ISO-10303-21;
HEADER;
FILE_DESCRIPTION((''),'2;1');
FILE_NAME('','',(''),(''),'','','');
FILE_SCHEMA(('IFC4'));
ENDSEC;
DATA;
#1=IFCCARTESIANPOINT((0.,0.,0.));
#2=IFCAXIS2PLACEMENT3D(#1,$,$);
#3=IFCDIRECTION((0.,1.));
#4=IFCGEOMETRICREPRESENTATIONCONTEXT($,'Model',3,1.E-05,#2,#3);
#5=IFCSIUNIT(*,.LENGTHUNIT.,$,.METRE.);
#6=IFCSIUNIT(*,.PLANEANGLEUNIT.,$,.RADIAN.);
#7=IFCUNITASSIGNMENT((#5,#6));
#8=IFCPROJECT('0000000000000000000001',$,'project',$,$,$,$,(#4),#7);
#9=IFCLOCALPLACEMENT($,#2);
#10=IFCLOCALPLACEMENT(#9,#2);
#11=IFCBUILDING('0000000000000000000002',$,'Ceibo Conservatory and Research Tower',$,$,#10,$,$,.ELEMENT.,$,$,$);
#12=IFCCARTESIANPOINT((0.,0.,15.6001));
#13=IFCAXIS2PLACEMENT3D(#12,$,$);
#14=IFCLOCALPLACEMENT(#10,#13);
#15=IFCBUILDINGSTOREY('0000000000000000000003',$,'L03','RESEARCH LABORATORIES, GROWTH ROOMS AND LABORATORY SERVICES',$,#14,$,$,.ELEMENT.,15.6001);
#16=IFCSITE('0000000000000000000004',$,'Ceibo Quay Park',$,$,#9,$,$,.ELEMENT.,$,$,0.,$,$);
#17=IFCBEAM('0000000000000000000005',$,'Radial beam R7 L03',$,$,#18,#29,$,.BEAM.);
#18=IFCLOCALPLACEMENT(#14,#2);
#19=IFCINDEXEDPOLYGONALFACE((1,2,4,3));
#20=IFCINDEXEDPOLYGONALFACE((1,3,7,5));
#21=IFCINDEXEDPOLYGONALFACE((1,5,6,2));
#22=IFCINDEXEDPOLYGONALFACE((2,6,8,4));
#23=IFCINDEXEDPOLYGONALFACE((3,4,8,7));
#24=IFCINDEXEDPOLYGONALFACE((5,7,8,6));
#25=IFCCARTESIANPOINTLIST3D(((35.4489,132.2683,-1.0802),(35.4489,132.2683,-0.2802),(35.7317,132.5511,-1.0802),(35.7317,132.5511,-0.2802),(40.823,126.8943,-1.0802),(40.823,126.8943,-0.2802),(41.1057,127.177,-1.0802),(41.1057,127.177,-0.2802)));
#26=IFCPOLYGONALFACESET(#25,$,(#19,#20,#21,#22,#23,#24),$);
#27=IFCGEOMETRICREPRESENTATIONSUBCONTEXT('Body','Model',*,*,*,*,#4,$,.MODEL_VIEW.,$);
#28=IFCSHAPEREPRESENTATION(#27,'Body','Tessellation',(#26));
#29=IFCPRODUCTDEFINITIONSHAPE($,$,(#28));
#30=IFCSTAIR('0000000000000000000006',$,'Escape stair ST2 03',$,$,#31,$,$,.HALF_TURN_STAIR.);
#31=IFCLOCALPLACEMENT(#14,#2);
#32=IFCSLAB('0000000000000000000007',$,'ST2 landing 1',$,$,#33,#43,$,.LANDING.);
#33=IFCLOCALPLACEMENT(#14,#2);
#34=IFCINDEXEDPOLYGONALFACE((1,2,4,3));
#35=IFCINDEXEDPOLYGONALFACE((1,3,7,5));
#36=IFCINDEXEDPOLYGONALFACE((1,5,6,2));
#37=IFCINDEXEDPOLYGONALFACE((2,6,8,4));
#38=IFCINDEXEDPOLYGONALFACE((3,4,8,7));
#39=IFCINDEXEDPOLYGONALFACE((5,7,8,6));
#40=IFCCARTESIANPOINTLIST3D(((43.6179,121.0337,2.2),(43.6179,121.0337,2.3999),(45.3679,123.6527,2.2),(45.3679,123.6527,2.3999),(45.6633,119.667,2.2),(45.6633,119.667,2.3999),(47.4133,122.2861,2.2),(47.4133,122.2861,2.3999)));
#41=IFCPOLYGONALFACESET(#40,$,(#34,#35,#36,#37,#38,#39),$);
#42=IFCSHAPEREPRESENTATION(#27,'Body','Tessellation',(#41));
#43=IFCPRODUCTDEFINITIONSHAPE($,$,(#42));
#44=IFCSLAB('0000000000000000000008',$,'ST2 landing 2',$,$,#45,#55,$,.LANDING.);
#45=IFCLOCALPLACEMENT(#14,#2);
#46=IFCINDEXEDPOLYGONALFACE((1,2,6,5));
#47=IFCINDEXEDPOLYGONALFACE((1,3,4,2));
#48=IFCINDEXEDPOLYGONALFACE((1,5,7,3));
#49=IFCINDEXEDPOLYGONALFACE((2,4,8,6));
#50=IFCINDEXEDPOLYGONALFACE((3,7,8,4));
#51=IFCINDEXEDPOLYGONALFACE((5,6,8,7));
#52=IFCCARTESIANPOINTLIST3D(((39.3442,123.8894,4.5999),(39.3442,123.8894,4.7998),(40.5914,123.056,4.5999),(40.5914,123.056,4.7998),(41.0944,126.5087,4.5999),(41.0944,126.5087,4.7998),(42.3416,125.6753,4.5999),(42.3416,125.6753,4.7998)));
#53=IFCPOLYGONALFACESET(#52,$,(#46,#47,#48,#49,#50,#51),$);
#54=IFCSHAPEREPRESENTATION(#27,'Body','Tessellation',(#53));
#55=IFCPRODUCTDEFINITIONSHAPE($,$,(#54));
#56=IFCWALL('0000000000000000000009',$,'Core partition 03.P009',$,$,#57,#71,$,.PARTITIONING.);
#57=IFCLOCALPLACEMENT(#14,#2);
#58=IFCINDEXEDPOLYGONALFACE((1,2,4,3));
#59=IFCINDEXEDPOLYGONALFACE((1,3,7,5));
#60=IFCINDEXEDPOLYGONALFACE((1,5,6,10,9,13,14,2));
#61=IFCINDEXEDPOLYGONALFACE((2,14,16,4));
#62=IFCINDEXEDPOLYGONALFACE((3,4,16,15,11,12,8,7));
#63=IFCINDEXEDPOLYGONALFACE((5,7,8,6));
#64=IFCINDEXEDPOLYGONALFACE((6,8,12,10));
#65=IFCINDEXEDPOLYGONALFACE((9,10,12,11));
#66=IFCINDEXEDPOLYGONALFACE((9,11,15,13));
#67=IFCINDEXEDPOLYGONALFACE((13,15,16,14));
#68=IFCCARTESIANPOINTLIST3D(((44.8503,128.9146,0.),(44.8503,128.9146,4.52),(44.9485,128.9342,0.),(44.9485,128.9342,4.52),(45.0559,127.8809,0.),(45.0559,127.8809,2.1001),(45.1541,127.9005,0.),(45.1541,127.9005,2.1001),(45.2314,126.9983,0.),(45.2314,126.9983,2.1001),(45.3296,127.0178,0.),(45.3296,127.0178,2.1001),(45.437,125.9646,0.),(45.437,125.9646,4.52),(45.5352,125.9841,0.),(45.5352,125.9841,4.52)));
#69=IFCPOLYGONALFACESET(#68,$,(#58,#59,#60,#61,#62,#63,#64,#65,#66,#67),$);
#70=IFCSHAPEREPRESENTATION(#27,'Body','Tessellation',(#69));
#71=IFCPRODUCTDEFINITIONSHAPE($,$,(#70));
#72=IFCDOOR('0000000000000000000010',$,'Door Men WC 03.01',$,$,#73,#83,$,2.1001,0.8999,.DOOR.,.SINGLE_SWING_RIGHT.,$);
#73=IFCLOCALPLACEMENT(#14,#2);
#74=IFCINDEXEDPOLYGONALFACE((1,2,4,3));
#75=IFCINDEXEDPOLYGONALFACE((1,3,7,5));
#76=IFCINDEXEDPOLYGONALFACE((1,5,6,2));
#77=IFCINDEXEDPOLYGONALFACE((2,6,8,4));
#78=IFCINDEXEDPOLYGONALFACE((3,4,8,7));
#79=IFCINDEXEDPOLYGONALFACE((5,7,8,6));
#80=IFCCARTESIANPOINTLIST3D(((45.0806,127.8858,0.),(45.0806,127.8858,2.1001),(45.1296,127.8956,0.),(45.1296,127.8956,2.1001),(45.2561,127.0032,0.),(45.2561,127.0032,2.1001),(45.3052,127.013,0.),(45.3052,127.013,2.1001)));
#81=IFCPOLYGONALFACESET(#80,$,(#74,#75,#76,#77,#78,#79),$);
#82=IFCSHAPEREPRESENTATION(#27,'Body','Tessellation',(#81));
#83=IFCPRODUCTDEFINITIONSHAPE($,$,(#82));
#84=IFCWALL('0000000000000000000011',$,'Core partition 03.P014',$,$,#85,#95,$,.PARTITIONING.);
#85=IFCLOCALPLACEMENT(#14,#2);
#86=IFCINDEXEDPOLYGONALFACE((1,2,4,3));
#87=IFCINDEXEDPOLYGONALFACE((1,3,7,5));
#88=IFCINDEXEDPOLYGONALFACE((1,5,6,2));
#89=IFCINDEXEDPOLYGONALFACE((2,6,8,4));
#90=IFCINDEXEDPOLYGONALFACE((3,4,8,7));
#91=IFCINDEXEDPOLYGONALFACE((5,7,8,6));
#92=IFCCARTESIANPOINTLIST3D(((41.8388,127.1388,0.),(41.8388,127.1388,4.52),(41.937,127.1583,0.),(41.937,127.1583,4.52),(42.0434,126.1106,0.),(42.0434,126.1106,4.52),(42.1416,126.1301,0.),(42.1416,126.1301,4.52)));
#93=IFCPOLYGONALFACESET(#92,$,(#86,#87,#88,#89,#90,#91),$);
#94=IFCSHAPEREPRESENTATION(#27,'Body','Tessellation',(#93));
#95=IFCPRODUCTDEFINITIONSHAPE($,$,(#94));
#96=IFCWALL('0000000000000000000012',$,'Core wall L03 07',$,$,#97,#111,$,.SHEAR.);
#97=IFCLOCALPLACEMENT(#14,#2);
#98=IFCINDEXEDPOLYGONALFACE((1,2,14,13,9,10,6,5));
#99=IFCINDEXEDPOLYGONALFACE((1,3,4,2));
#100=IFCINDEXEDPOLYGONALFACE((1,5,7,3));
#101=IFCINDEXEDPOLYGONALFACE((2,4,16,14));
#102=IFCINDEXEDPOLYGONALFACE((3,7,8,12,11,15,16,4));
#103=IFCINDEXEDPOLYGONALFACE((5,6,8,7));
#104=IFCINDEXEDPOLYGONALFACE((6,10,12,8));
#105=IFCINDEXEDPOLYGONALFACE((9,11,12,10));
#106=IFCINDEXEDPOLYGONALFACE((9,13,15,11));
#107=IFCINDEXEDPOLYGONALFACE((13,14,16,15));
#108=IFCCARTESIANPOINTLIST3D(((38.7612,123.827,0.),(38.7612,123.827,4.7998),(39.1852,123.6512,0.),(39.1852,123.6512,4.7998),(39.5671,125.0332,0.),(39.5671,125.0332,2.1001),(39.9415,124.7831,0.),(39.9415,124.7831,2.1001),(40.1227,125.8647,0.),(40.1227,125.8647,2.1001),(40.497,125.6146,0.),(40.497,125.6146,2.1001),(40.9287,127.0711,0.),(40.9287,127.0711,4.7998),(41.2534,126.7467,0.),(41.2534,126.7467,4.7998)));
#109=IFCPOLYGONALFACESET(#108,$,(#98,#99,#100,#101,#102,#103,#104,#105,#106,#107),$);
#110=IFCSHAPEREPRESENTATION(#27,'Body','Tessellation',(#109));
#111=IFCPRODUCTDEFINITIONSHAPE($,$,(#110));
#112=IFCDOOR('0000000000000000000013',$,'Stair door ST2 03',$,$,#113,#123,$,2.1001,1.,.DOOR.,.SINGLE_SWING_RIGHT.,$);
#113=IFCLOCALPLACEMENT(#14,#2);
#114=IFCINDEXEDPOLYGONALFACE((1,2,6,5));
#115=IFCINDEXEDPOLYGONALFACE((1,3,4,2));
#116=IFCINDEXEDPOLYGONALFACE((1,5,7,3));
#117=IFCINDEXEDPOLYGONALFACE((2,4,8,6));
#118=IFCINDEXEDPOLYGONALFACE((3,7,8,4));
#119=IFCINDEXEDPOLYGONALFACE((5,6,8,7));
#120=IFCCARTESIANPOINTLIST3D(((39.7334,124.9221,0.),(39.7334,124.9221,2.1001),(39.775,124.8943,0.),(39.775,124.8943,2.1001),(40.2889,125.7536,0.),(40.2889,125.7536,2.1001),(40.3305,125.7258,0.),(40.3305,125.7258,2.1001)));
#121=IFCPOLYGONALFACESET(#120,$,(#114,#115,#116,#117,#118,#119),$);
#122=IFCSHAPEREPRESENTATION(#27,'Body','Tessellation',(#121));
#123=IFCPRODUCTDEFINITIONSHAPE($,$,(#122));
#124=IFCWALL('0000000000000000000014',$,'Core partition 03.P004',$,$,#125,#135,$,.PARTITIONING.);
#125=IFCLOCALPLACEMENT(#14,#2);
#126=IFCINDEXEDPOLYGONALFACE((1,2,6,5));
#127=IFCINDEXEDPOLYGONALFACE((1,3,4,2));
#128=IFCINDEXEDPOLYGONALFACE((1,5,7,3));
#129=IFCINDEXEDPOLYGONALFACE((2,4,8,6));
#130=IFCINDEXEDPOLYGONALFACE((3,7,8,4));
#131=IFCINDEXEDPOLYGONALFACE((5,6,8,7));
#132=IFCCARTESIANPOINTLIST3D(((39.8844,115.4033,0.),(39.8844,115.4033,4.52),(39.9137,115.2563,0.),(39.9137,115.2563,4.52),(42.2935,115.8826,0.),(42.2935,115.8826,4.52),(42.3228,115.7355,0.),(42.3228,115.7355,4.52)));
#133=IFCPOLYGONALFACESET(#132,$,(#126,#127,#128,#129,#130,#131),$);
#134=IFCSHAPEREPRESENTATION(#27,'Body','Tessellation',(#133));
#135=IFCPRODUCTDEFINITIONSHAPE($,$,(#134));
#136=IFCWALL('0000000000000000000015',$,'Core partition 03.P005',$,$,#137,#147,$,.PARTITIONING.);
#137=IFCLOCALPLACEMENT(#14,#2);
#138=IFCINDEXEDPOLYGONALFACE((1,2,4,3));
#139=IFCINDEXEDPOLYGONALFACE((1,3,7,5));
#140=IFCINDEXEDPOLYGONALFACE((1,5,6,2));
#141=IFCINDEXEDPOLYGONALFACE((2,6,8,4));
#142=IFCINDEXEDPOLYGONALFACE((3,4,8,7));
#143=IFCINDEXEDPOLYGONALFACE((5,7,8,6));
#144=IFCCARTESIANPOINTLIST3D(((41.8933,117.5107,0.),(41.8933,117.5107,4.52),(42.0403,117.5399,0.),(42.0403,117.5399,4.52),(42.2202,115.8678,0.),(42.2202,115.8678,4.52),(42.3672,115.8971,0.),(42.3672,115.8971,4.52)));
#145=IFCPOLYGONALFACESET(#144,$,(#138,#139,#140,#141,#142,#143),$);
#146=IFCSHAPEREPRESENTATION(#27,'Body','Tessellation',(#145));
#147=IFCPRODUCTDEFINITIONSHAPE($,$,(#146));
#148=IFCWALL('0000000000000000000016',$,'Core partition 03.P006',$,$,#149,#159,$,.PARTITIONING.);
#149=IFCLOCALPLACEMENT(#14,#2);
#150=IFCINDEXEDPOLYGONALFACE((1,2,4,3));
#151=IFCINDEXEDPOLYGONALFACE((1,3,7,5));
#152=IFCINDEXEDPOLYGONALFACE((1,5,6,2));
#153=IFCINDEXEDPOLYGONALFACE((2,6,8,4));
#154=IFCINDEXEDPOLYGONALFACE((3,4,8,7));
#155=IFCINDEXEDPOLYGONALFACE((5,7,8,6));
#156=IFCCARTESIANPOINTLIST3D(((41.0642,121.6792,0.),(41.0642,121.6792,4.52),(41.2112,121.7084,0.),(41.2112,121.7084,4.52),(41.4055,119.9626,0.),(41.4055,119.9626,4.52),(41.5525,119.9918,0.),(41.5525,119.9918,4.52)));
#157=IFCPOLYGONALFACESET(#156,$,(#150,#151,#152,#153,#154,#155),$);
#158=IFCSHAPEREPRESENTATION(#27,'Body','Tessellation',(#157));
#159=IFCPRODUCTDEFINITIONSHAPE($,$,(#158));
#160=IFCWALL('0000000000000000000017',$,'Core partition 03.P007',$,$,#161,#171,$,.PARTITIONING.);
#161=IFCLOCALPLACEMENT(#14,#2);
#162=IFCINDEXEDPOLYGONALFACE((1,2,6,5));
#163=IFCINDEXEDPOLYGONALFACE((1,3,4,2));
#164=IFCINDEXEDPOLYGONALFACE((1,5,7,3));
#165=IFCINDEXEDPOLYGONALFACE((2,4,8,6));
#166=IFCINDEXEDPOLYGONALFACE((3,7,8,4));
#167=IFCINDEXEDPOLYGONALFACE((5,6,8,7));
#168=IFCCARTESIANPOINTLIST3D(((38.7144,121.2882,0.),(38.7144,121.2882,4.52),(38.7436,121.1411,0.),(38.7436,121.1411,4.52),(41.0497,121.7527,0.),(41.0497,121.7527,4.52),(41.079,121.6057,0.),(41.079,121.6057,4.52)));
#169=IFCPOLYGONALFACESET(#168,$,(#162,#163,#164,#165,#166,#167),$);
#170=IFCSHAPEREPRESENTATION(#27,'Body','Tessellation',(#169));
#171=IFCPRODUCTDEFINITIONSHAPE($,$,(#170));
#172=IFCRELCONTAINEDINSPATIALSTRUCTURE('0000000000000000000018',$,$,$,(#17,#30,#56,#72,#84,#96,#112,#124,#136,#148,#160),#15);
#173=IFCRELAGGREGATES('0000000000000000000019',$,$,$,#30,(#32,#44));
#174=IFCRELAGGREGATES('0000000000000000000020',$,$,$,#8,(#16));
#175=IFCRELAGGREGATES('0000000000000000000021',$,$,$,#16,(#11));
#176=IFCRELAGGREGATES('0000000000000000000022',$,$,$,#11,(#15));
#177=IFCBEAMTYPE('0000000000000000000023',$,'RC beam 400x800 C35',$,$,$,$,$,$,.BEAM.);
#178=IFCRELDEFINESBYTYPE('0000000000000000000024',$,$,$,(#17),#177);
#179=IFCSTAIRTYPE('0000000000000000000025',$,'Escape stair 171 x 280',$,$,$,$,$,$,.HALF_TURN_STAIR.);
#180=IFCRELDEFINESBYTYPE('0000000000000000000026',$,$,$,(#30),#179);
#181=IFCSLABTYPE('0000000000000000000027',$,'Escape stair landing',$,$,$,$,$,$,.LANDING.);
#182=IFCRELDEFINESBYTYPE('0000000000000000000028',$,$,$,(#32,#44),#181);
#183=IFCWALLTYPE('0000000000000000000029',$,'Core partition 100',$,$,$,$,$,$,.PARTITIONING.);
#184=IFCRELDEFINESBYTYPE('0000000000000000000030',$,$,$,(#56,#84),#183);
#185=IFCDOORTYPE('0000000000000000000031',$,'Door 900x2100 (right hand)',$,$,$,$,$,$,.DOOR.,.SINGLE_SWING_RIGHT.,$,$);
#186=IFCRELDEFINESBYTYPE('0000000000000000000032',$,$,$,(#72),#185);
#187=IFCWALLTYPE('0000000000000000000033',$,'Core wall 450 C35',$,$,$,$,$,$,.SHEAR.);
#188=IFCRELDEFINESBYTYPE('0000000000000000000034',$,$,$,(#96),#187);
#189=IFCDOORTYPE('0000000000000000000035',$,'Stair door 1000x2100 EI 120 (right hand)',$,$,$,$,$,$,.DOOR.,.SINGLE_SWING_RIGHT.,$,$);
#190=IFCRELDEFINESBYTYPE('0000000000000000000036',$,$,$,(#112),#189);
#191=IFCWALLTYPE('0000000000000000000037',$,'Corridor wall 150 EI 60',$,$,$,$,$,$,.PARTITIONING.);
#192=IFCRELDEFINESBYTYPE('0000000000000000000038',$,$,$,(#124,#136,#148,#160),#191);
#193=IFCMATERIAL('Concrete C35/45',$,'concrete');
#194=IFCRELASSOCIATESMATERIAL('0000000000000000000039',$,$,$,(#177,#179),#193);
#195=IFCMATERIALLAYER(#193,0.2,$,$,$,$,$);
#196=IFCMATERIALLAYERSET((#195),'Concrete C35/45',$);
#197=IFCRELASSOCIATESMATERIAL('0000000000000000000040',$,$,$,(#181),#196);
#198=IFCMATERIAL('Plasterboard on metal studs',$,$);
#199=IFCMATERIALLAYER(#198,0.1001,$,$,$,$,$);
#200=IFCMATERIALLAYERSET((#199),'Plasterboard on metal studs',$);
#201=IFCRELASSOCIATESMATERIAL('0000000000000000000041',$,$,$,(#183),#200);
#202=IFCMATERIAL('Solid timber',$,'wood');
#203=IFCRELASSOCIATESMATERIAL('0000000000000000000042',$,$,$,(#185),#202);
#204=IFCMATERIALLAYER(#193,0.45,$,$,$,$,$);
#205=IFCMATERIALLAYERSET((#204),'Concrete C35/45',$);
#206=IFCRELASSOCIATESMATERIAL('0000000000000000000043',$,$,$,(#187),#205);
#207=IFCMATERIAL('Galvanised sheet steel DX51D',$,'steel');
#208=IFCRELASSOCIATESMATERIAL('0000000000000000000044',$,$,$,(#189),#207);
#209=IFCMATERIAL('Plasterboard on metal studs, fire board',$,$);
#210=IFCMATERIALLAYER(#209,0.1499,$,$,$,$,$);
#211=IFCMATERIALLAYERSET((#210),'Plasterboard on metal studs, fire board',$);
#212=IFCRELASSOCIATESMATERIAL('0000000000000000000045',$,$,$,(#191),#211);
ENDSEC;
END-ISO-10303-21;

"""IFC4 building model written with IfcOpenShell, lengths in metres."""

from ifc_helpers import new_model, si_unit, direction, frame, frame_2d, origin, origin_2d, place, context, subcontext, project, spatial, polyline, rectangle, outline, extrude, material, layer, layer_set, material_profile, profile_set, type_object, element, fill, aggregate, save


model = new_model("IFC4")

# Units and contexts
model_context = context("Model", 3, precision=1e-05, world=origin(), true_north=direction((0.0, 1.0)))
body_context = subcontext(model_context, "Body", "Model", "MODEL_VIEW")
ifc_project = project(units=[si_unit("LENGTHUNIT", "METRE"), si_unit("PLANEANGLEUNIT", "RADIAN")], contexts=[model_context])

# Site, building, storey
site_placement = place(None, origin())
site = spatial("IfcSite", under=ifc_project, at=site_placement, Name="Ceibo Quay Park", CompositionType="ELEMENT", RefElevation=0.0)
building_placement = place(site_placement, origin())
building = spatial("IfcBuilding", under=site, at=building_placement, Name="Ceibo Conservatory and Research Tower", CompositionType="ELEMENT")
storey_placement = place(building_placement, frame((0.0, 0.0, 15.6001)))
storey = spatial("IfcBuildingStorey", under=building, at=storey_placement, Name="L03", Description="RESEARCH LABORATORIES, GROWTH ROOMS AND LABORATORY SERVICES", CompositionType="ELEMENT", Elevation=15.6001)

# Beam
ifc_material_1 = material(Name="Concrete C35/45", Category="concrete")
ifc_material_profile = material_profile(ifc_material_1, rectangle(XDim=0.3999, YDim=0.8, at=origin_2d()), Name="RC 400x800")
ifc_profile_set = profile_set([ifc_material_profile], Name="Concrete C35/45")
beam_type = type_object("IfcBeamType", Name="RC beam 400x800 C35", PredefinedType="BEAM", material=ifc_profile_set)
beam_placement = place(storey_placement, frame((40.9644, 127.0356, -0.6802), z_axis=(-0.707107, 0.707107, 0.0), x_axis=(-0.707107, -0.707107, 0.0)))
element("IfcBeam", 1, at=beam_placement, inside=storey, type_object=beam_type, Name="Radial beam R7 L03", PredefinedType="BEAM", context=body_context, shape_type="SweptSolid", body=[
    extrude(rectangle(XDim=0.3999, YDim=0.8, at=origin_2d()), origin(), (0.0, 0.0, 1.0), 7.6001),
])

# Stair, slabs
stair_type = type_object("IfcStairType", Name="Escape stair 171 x 280", PredefinedType="HALF_TURN_STAIR", material=ifc_material_1)
stair_placement = place(storey_placement, origin())
stair = element("IfcStair", 2, at=stair_placement, inside=storey, type_object=stair_type, Name="Escape stair ST2 03", PredefinedType="HALF_TURN_STAIR")
ifc_layer_1 = layer(ifc_material_1, 0.2)
ifc_layer_set_1 = layer_set([ifc_layer_1], Name="Concrete C35/45")
slab_type = type_object("IfcSlabType", Name="Escape stair landing", PredefinedType="LANDING", material=ifc_layer_set_1)
slab_1_placement = place(storey_placement, frame((43.6179, 121.0337, 2.2), z_axis=(0.0, 0.0, 1.0), x_axis=(0.83147, -0.55557, 0.0)))
slab_1 = element("IfcSlab", 3, at=slab_1_placement, type_object=slab_type, Name="ST2 landing 1", PredefinedType="LANDING", context=body_context, shape_type="SweptSolid", body=[
    extrude(outline(polyline([(0.0, 0.0), (2.46, 0.0), (2.46, 3.1499), (0.0, 3.1499), (0.0, 0.0)])), origin(), (0.0, 0.0, 1.0), 0.2),
])
slab_2_placement = place(storey_placement, frame((39.3442, 123.8894, 4.5999), z_axis=(0.0, 0.0, 1.0), x_axis=(0.83147, -0.55557, 0.0)))
slab_2 = element("IfcSlab", 4, at=slab_2_placement, type_object=slab_type, Name="ST2 landing 2", PredefinedType="LANDING", context=body_context, shape_type="SweptSolid", body=[
    extrude(outline(polyline([(0.0, 0.0), (1.5, 0.0), (1.5, 3.1501), (0.0, 3.1501), (0.0, 0.0)])), origin(), (0.0, 0.0, 1.0), 0.2),
])

# Wall, opening, door
ifc_material_2 = material(Name="Plasterboard on metal studs")
ifc_layer_2 = layer(ifc_material_2, 0.1001)
ifc_layer_set_2 = layer_set([ifc_layer_2], Name="Plasterboard on metal studs")
wall_type_1 = type_object("IfcWallType", Name="Core partition 100", PredefinedType="PARTITIONING", material=ifc_layer_set_2)
wall_1_placement = place(storey_placement, frame((45.4861, 125.9744, 0.0), z_axis=(0.0, 0.0, 1.0), x_axis=(-0.195055, 0.980792, 0.0)))
wall_1 = element("IfcWall", 5, at=wall_1_placement, inside=storey, type_object=wall_type_1, Name="Core partition 03.P009", PredefinedType="PARTITIONING", context=body_context, shape_type="SweptSolid", body=[
    extrude(rectangle(XDim=3.0078, YDim=0.1001, at=frame_2d((1.5039, 0.0))), origin(), (0.0, 0.0, 1.0), 4.52),
])
opening_1_placement = place(wall_1_placement, frame((1.054, 0.0, 0.0)))
opening_1 = element("IfcOpeningElement", 6, at=opening_1_placement, cuts=wall_1, PredefinedType="OPENING", context=body_context, shape_type="SweptSolid", body=[
    extrude(rectangle(XDim=0.8999, YDim=2.1001, at=frame_2d((0.45, 1.05))), frame((0.0, 0.0601, 0.0), z_axis=(0.0, -1.0, 0.0), x_axis=(1.0, 0.0, 0.0)), (0.0, 0.0, 1.0), 0.1201),
])
ifc_material_3 = material(Name="Solid timber", Category="wood")
door_type_1 = type_object("IfcDoorType", Name="Door 900x2100 (right hand)", OperationType="SINGLE_SWING_RIGHT", PredefinedType="DOOR", material=ifc_material_3)
door_1_placement = place(opening_1_placement, origin())
door_1 = element("IfcDoor", 7, at=door_1_placement, inside=storey, type_object=door_type_1, Name="Door Men WC 03.01", OperationType="SINGLE_SWING_RIGHT", OverallHeight=2.1001, OverallWidth=0.8999, PredefinedType="DOOR", context=body_context, shape_type="SweptSolid", body=[
    extrude(rectangle(XDim=0.8999, YDim=2.1001, at=frame_2d((0.45, 1.05))), frame((0.0, 0.0249, 0.0), z_axis=(0.0, -1.0, 0.0), x_axis=(1.0, 0.0, 0.0)), (0.0, 0.0, 1.0), 0.05),
])
fill(opening_1, door_1)

# Wall
wall_2_placement = place(storey_placement, frame((42.0925, 126.1204, 0.0), z_axis=(0.0, 0.0, 1.0), x_axis=(-0.195175, 0.980768, 0.0)))
element("IfcWall", 8, at=wall_2_placement, inside=storey, type_object=wall_type_1, Name="Core partition 03.P014", PredefinedType="PARTITIONING", context=body_context, shape_type="SweptSolid", body=[
    extrude(rectangle(XDim=1.0483, YDim=0.1001, at=frame_2d((0.5242, 0.0))), origin(), (0.0, 0.0, 1.0), 4.52),
])

# Wall, opening, door
ifc_layer_3 = layer(ifc_material_1, 0.45)
ifc_layer_set_3 = layer_set([ifc_layer_3], Name="Concrete C35/45")
wall_type_2 = type_object("IfcWallType", Name="Core wall 450 C35", PredefinedType="SHEAR", material=ifc_layer_set_3)
wall_3_placement = place(storey_placement, frame((41.0911, 126.9089, 0.0), z_axis=(0.0, 0.0, 1.0), x_axis=(-0.555542, -0.831488, 0.0)))
wall_3 = element("IfcWall", 9, at=wall_3_placement, inside=storey, type_object=wall_type_2, Name="Core wall L03 07", PredefinedType="SHEAR", context=body_context, shape_type="SweptSolid", body=[
    extrude(outline(polyline([(-0.0447, -0.2251), (3.8569, -0.2251), (3.7676, 0.2251), (0.0447, 0.2251), (-0.0447, -0.2251)])), origin(), (0.0, 0.0, 1.0), 4.7998),
])
opening_2_placement = place(wall_3_placement, frame((1.4062, 0.0, 0.0)))
opening_2 = element("IfcOpeningElement", 10, at=opening_2_placement, cuts=wall_3, PredefinedType="OPENING", context=body_context, shape_type="SweptSolid", body=[
    extrude(rectangle(XDim=1.0, YDim=2.1001, at=frame_2d((0.5, 1.05))), frame((0.0, 0.2349, 0.0), z_axis=(0.0, -1.0, 0.0), x_axis=(1.0, 0.0, 0.0)), (0.0, 0.0, 1.0), 0.47),
])
ifc_material_4 = material(Name="Galvanised sheet steel DX51D", Category="steel")
door_type_2 = type_object("IfcDoorType", Name="Stair door 1000x2100 EI 120 (right hand)", OperationType="SINGLE_SWING_RIGHT", PredefinedType="DOOR", material=ifc_material_4)
door_2_placement = place(opening_2_placement, origin())
door_2 = element("IfcDoor", 11, at=door_2_placement, inside=storey, type_object=door_type_2, Name="Stair door ST2 03", OperationType="SINGLE_SWING_RIGHT", OverallHeight=2.1001, OverallWidth=1.0, PredefinedType="DOOR", context=body_context, shape_type="SweptSolid", body=[
    extrude(rectangle(XDim=1.0, YDim=2.1001, at=frame_2d((0.5, 1.05))), frame((0.0, 0.0249, 0.0), z_axis=(0.0, -1.0, 0.0), x_axis=(1.0, 0.0, 0.0)), (0.0, 0.0, 1.0), 0.05),
])
fill(opening_2, door_2)

# Walls
ifc_material_5 = material(Name="Plasterboard on metal studs, fire board")
ifc_layer_4 = layer(ifc_material_5, 0.1499)
ifc_layer_set_4 = layer_set([ifc_layer_4], Name="Plasterboard on metal studs, fire board")
wall_type_3 = type_object("IfcWallType", Name="Corridor wall 150 EI 60", PredefinedType="PARTITIONING", material=ifc_layer_set_4)
wall_4_placement = place(storey_placement, frame((39.8992, 115.3298, 0.0), z_axis=(0.0, 0.0, 1.0), x_axis=(0.980783, 0.195103, 0.0)))
element("IfcWall", 12, at=wall_4_placement, inside=storey, type_object=wall_type_3, Name="Core partition 03.P004", PredefinedType="PARTITIONING", context=body_context, shape_type="SweptSolid", body=[
    extrude(rectangle(XDim=2.4563, YDim=0.1499, at=frame_2d((1.228, 0.0))), origin(), (0.0, 0.0, 1.0), 4.52),
])
wall_5_placement = place(storey_placement, frame((42.2937, 115.8826, 0.0), z_axis=(0.0, 0.0, 1.0), x_axis=(-0.195163, 0.980771, 0.0)))
element("IfcWall", 13, at=wall_5_placement, inside=storey, type_object=wall_type_3, Name="Core partition 03.P005", PredefinedType="PARTITIONING", context=body_context, shape_type="SweptSolid", body=[
    extrude(rectangle(XDim=1.675, YDim=0.1499, at=frame_2d((0.8374, 0.0))), origin(), (0.0, 0.0, 1.0), 4.52),
])
wall_6_placement = place(storey_placement, frame((41.479, 119.9773, 0.0), z_axis=(0.0, 0.0, 1.0), x_axis=(-0.195016, 0.9808, 0.0)))
element("IfcWall", 14, at=wall_6_placement, inside=storey, type_object=wall_type_3, Name="Core partition 03.P006", PredefinedType="PARTITIONING", context=body_context, shape_type="SweptSolid", body=[
    extrude(rectangle(XDim=1.7502, YDim=0.1499, at=frame_2d((0.875, 0.0))), origin(), (0.0, 0.0, 1.0), 4.52),
])
wall_7_placement = place(storey_placement, frame((41.0642, 121.6792, 0.0), z_axis=(0.0, 0.0, 1.0), x_axis=(-0.980781, -0.19511, 0.0)))
element("IfcWall", 15, at=wall_7_placement, inside=storey, type_object=wall_type_3, Name="Core partition 03.P007", PredefinedType="PARTITIONING", context=body_context, shape_type="SweptSolid", body=[
    extrude(rectangle(XDim=2.3811, YDim=0.1499, at=frame_2d((1.1904, 0.0))), origin(), (0.0, 0.0, 1.0), 4.52),
])

aggregate(stair, [slab_1, slab_2])

save(model, "model.ifc")
